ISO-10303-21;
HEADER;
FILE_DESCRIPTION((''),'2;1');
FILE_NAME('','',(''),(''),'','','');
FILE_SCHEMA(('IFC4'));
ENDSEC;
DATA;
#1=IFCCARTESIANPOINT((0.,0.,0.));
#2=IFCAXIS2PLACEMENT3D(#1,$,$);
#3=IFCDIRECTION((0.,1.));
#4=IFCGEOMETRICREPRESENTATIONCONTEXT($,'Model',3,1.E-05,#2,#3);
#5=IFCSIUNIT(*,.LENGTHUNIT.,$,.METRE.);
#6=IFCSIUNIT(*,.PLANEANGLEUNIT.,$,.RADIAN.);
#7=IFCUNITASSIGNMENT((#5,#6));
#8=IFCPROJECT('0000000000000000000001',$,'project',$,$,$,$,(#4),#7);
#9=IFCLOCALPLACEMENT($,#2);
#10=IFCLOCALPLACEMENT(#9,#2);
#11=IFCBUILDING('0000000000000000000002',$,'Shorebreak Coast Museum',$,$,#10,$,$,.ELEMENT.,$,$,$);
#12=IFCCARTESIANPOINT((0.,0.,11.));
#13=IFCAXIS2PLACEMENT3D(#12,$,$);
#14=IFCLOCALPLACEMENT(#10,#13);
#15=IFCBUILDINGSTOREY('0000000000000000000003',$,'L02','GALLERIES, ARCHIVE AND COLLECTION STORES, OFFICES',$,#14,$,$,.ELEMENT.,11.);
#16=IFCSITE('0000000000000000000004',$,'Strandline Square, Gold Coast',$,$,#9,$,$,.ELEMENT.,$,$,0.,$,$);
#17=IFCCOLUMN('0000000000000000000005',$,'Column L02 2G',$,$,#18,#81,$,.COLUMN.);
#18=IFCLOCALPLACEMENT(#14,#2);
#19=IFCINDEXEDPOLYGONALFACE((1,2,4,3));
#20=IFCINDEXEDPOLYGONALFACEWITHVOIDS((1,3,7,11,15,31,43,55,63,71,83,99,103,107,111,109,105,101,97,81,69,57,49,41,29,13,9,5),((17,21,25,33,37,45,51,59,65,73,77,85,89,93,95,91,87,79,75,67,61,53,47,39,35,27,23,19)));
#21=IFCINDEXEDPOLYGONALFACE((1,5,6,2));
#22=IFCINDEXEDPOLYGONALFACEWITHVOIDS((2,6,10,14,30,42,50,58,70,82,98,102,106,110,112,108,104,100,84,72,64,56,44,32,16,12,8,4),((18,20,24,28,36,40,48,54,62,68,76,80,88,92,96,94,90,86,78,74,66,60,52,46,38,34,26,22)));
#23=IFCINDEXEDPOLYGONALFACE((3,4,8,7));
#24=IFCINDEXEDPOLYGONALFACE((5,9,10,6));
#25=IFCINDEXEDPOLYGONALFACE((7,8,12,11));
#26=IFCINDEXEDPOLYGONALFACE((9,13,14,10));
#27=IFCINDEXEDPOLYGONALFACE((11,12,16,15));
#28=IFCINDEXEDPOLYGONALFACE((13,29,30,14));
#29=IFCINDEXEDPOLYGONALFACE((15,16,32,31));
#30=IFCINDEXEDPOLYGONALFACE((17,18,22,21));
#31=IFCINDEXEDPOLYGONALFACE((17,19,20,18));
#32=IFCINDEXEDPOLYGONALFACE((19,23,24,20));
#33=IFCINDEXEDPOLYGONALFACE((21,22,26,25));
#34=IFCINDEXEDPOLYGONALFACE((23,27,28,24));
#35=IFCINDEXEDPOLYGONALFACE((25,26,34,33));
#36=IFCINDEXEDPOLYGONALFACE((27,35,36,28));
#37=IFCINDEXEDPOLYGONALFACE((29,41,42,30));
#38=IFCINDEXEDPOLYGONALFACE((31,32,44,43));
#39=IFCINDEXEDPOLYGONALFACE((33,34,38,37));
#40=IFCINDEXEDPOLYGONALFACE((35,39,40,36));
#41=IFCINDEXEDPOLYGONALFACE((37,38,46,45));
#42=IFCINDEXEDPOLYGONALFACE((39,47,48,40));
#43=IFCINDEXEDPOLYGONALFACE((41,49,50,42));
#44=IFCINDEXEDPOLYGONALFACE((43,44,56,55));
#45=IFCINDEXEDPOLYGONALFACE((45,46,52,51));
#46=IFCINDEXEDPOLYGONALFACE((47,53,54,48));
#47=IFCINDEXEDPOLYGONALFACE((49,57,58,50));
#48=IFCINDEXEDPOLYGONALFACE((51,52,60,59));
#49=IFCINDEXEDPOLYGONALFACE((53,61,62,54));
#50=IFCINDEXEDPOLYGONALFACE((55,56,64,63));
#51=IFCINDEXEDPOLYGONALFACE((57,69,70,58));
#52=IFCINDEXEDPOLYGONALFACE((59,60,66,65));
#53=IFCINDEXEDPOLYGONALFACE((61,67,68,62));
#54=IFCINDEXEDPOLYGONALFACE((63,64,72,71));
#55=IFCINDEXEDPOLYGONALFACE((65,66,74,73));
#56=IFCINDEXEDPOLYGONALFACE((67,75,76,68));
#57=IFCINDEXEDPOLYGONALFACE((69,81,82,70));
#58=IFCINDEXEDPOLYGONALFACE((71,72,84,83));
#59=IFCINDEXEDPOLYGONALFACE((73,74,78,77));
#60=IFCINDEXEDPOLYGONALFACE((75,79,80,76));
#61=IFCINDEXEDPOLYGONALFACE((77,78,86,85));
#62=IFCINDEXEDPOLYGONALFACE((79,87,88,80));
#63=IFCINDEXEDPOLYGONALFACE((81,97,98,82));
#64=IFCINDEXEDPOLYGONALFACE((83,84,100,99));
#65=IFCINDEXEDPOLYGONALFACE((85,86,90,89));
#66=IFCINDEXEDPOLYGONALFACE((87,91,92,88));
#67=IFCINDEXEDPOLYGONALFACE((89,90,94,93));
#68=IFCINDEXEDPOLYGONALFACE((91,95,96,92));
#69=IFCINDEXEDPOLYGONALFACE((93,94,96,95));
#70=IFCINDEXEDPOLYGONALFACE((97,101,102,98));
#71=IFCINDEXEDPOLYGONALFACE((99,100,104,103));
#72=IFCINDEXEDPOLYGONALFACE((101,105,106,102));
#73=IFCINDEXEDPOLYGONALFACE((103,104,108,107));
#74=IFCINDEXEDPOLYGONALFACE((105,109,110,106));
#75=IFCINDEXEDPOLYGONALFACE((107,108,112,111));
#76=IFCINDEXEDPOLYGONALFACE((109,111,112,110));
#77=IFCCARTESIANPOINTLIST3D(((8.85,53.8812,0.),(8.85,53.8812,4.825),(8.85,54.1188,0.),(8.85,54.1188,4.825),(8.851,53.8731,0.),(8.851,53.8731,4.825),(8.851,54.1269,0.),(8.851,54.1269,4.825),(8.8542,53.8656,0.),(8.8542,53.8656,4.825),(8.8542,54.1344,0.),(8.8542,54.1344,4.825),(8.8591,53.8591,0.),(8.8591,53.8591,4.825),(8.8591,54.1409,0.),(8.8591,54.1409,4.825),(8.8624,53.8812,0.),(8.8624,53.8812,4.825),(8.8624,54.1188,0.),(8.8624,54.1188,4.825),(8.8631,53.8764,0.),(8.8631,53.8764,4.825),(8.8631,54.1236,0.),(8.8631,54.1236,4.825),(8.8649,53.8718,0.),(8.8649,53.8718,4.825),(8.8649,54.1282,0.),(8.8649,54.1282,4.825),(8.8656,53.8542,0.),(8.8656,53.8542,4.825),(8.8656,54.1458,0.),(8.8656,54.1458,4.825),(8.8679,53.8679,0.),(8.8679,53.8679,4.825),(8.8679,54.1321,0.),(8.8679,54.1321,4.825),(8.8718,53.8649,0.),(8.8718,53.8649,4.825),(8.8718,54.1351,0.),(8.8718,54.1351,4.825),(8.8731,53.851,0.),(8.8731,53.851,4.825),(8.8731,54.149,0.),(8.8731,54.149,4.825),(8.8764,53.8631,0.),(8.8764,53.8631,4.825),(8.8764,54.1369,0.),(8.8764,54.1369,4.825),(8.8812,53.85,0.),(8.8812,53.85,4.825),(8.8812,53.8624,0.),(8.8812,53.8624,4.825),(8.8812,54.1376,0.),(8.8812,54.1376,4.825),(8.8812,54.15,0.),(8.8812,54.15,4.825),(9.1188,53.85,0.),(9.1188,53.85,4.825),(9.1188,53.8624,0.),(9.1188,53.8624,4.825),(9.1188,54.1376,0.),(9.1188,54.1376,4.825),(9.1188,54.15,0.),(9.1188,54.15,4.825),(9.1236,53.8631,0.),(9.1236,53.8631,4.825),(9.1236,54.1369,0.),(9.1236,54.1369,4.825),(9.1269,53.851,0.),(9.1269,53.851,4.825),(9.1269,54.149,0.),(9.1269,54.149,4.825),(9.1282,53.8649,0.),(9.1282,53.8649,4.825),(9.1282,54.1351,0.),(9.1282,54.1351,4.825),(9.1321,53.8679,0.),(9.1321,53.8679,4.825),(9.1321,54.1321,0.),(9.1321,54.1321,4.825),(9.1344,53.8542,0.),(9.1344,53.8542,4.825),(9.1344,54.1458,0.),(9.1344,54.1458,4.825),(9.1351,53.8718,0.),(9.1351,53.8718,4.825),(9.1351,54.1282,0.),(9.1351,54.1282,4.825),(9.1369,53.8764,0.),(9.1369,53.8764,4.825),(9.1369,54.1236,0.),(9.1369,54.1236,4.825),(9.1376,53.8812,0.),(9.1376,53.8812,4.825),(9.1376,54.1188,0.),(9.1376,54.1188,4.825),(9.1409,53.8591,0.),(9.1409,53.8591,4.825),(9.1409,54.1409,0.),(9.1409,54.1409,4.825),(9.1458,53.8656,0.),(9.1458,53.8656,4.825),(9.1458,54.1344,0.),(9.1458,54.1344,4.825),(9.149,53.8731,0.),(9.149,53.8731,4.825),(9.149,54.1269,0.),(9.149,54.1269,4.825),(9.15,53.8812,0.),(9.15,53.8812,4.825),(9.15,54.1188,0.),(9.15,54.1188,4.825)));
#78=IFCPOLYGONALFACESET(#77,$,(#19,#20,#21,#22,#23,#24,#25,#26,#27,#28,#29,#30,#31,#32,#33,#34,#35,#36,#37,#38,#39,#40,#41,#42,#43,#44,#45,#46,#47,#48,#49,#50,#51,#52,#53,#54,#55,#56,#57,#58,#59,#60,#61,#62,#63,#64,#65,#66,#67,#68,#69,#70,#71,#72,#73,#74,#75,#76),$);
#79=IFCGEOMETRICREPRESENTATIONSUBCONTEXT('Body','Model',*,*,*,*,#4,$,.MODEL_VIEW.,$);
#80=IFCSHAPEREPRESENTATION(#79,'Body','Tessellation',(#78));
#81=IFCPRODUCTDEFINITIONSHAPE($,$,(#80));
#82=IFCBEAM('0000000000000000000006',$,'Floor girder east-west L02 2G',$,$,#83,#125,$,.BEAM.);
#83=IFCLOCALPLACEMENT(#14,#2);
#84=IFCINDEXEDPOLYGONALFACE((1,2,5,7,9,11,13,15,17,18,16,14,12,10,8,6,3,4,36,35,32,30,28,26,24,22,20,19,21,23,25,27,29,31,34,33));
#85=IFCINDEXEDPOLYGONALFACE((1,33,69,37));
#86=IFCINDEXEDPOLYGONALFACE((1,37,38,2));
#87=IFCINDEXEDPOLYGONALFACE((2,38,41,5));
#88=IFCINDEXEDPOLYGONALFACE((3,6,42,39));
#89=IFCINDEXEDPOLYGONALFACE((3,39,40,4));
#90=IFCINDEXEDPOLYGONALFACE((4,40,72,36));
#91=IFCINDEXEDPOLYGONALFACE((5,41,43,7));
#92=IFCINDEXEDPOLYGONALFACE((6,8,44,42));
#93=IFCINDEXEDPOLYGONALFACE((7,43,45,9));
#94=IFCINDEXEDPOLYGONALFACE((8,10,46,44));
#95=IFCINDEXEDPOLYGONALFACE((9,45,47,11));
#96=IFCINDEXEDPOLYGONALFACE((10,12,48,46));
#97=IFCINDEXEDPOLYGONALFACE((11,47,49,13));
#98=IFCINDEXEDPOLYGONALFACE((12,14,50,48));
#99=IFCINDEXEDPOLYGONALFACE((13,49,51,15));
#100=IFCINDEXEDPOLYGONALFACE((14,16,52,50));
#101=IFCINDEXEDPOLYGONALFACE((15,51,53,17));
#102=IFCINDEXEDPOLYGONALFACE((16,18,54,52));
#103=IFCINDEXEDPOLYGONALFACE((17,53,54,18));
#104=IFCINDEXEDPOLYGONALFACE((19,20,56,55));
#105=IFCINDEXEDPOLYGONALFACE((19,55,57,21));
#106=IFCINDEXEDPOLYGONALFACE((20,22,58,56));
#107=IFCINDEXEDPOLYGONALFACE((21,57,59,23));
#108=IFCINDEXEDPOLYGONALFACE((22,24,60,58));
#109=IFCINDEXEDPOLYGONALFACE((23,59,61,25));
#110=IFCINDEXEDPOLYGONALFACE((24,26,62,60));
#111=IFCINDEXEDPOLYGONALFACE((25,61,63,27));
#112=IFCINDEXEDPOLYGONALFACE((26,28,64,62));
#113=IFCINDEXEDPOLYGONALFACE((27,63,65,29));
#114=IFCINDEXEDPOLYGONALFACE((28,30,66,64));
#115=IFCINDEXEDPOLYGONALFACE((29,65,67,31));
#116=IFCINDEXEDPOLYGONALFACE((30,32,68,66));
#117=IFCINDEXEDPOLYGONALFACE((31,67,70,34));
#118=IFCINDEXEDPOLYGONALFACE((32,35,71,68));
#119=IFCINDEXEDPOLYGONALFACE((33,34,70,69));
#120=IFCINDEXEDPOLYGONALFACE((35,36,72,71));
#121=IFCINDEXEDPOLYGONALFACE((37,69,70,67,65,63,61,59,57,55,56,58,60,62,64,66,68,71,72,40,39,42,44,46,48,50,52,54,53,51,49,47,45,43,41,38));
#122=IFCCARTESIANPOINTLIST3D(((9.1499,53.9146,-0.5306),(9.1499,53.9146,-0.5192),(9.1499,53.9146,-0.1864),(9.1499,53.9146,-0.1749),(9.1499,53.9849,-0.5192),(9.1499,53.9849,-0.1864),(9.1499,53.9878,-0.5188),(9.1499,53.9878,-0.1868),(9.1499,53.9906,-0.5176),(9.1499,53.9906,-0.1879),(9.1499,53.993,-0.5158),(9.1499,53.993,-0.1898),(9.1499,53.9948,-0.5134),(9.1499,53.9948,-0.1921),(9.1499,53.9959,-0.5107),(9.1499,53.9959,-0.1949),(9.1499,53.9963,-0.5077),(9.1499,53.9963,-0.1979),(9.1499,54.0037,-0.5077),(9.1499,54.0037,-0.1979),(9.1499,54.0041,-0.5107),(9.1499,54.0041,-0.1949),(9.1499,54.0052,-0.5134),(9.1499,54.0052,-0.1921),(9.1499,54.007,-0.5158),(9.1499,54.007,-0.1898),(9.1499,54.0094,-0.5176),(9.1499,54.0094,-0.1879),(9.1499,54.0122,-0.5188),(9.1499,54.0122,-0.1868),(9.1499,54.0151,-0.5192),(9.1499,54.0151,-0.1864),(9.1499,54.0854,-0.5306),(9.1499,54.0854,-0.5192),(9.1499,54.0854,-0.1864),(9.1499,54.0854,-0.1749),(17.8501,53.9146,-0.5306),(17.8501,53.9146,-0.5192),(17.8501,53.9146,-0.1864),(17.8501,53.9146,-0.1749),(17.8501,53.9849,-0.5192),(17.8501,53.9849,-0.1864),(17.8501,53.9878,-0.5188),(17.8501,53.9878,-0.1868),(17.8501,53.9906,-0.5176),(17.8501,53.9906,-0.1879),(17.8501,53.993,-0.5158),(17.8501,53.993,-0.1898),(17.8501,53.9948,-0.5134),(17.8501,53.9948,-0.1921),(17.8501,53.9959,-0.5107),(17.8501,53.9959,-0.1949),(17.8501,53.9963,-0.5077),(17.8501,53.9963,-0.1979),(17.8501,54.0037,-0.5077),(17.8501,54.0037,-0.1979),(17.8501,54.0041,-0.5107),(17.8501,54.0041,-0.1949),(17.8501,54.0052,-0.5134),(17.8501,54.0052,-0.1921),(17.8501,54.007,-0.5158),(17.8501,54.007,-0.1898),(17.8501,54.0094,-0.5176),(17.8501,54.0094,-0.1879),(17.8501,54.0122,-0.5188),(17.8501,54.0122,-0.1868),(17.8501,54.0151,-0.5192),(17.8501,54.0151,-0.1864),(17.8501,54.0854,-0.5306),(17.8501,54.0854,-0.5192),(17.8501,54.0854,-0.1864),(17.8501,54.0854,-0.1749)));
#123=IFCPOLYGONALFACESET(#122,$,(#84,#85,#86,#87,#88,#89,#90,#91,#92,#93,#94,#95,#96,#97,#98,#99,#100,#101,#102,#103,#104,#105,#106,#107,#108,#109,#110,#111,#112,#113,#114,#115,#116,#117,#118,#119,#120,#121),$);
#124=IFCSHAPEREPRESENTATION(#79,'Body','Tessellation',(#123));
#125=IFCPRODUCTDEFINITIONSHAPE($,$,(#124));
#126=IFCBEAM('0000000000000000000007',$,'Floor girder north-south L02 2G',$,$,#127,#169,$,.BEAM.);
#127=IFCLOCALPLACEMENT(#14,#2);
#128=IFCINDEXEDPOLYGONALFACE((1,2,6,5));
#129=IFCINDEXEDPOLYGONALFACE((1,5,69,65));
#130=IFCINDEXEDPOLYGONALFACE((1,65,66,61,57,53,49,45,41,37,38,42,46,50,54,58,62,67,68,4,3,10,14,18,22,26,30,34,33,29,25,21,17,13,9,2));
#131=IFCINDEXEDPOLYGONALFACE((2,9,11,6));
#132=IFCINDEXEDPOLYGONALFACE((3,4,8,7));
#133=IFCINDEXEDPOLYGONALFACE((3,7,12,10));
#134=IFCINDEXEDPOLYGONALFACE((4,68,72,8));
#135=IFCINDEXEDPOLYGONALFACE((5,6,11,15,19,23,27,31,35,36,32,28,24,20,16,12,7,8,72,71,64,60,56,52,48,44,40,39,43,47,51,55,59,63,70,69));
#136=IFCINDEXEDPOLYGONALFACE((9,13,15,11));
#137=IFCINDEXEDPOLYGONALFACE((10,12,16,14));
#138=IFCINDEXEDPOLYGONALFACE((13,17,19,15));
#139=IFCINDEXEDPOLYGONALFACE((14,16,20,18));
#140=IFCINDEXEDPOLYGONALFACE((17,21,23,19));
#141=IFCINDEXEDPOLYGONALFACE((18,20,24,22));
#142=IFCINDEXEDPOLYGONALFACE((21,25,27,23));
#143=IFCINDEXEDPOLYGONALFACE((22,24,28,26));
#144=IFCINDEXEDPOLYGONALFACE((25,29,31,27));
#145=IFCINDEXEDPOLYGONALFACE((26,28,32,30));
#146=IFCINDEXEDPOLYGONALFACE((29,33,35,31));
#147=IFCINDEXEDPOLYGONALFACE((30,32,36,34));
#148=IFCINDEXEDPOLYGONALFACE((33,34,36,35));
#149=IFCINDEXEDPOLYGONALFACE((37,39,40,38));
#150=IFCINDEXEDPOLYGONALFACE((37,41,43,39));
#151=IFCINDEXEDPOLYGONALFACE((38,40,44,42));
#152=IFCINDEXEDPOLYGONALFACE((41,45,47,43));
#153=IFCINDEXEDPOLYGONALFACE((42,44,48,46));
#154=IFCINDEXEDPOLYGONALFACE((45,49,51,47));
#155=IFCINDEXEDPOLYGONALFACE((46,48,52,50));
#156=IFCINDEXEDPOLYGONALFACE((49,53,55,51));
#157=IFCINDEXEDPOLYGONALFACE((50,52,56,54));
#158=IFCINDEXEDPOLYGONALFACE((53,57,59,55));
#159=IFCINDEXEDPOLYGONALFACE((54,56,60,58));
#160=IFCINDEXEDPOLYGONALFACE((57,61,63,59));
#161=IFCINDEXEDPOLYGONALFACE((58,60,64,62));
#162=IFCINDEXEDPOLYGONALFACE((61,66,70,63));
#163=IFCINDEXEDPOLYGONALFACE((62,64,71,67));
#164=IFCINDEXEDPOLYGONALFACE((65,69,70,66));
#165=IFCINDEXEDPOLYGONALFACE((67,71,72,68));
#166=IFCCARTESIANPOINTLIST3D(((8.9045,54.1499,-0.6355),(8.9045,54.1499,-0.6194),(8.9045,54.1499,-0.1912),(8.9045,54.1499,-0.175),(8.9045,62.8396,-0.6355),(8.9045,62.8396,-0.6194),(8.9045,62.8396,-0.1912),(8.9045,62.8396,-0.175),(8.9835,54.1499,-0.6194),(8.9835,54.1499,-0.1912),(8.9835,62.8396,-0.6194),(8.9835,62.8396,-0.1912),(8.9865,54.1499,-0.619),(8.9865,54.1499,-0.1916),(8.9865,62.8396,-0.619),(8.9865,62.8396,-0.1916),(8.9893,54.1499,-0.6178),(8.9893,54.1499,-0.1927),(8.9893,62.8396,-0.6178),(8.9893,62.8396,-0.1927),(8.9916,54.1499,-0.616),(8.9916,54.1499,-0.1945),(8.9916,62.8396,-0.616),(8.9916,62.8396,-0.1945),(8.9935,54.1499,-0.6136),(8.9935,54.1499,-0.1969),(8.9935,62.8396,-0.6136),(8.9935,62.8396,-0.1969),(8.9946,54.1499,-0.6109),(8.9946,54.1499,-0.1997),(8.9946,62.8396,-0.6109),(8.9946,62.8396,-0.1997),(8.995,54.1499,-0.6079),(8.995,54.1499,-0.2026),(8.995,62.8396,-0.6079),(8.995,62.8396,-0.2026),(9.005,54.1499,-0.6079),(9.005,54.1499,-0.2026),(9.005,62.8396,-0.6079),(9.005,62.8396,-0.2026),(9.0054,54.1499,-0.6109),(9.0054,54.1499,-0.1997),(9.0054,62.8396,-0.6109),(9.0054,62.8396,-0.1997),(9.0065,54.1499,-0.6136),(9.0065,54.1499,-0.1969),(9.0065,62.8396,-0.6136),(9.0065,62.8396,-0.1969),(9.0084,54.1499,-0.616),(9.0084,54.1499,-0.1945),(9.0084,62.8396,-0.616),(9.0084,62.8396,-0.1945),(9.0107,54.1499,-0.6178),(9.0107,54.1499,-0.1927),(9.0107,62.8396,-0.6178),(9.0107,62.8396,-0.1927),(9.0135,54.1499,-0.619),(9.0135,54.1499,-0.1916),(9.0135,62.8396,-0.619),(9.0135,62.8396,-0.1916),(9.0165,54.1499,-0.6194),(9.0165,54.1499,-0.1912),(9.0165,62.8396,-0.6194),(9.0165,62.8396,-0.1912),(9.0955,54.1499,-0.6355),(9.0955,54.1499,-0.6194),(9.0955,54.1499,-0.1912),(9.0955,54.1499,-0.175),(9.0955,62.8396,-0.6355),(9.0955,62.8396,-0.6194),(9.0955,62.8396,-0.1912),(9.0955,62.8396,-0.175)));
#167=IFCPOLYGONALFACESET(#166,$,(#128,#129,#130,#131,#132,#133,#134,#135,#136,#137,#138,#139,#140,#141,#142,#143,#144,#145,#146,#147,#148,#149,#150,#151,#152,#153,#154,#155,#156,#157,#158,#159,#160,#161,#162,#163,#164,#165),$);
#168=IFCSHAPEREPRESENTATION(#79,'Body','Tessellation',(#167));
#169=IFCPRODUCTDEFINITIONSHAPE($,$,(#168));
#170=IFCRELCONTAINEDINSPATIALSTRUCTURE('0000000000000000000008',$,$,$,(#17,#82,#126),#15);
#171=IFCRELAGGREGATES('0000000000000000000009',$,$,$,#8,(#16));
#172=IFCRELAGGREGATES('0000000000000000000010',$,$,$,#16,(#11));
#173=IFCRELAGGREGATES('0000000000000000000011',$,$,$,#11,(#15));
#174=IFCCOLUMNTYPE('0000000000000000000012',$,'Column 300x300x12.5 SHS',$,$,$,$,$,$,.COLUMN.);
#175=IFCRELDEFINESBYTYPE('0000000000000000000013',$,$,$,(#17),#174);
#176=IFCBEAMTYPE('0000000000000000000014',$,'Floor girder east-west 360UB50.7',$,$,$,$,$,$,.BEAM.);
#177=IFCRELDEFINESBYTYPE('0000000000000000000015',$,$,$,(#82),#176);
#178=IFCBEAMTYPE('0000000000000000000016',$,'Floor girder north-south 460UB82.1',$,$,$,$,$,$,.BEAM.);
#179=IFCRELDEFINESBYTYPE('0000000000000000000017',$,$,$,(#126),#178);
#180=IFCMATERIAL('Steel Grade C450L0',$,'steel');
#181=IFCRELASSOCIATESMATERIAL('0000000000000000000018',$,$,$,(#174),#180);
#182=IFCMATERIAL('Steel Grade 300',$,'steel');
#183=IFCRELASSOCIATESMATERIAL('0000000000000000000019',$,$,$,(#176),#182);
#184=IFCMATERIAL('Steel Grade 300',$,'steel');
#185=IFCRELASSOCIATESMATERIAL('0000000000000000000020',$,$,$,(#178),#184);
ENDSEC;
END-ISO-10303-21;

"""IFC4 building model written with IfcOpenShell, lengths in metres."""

from ifc_helpers import new_model, si_unit, direction, frame, origin, origin_2d, place, context, subcontext, project, spatial, hollow_rectangle, i_section, extrude, material, material_profile, profile_set, type_object, element, save


model = new_model("IFC4")

# Units and contexts
model_context = context("Model", 3, precision=1e-05, world=origin(), true_north=direction((0.0, 1.0)))
body_context = subcontext(model_context, "Body", "Model", "MODEL_VIEW")
ifc_project = project(units=[si_unit("LENGTHUNIT", "METRE"), si_unit("PLANEANGLEUNIT", "RADIAN")], contexts=[model_context])

# Site, building, storey
site_placement = place(None, origin())
site = spatial("IfcSite", under=ifc_project, at=site_placement, Name="Strandline Square, Gold Coast", CompositionType="ELEMENT", RefElevation=0.0)
building_placement = place(site_placement, origin())
building = spatial("IfcBuilding", under=site, at=building_placement, Name="Shorebreak Coast Museum", CompositionType="ELEMENT")
storey_placement = place(building_placement, frame((0.0, 0.0, 11.0)))
storey = spatial("IfcBuildingStorey", under=building, at=storey_placement, Name="L02", Description="GALLERIES, ARCHIVE AND COLLECTION STORES, OFFICES", CompositionType="ELEMENT", Elevation=11.0)

# Column
ifc_material_1 = material(Name="Steel Grade C450L0", Category="steel")
ifc_material_profile_1 = material_profile(ifc_material_1, hollow_rectangle(XDim=0.3, YDim=0.3, WallThickness=0.0125, InnerFilletRadius=0.0188, OuterFilletRadius=0.0312, at=origin_2d()), Name="300x300x12.5 SHS")
ifc_profile_set_1 = profile_set([ifc_material_profile_1], Name="Steel Grade C450L0")
column_type = type_object("IfcColumnType", Name="Column 300x300x12.5 SHS", PredefinedType="COLUMN", material=ifc_profile_set_1)
column_placement = place(storey_placement, frame((9.0, 54.0, 0.0), z_axis=(0.0, 0.0, 1.0), x_axis=(1.0, 0.0, 0.0)))
element("IfcColumn", 1, at=column_placement, inside=storey, type_object=column_type, Name="Column L02 2G", PredefinedType="COLUMN", context=body_context, shape_type="SweptSolid", body=[
    extrude(hollow_rectangle(XDim=0.3, YDim=0.3, WallThickness=0.0125, InnerFilletRadius=0.0188, OuterFilletRadius=0.0312, at=origin_2d()), origin(), (0.0, 0.0, 1.0), 4.825),
])

# Beams
ifc_material_2 = material(Name="Steel Grade 300", Category="steel")
ifc_material_profile_2 = material_profile(ifc_material_2, i_section(OverallWidth=0.1709, OverallDepth=0.3557, WebThickness=0.0073, FlangeThickness=0.0115, FilletRadius=0.0115, at=origin_2d()), Name="360UB50.7")
ifc_profile_set_2 = profile_set([ifc_material_profile_2], Name="Steel Grade 300")
beam_type_1 = type_object("IfcBeamType", Name="Floor girder east-west 360UB50.7", PredefinedType="BEAM", material=ifc_profile_set_2)
beam_1_placement = place(storey_placement, frame((9.1499, 54.0, -0.3528), z_axis=(1.0, 0.0, 0.0), x_axis=(0.0, 1.0, 0.0)))
element("IfcBeam", 2, at=beam_1_placement, inside=storey, type_object=beam_type_1, Name="Floor girder east-west L02 2G", PredefinedType="BEAM", context=body_context, shape_type="SweptSolid", body=[
    extrude(i_section(OverallWidth=0.1709, OverallDepth=0.3557, WebThickness=0.0073, FlangeThickness=0.0115, FilletRadius=0.0115, at=origin_2d()), origin(), (0.0, 0.0, 1.0), 8.7002),
])
ifc_material_3 = material(Name="Steel Grade 300", Category="steel")
ifc_material_profile_3 = material_profile(ifc_material_3, i_section(OverallWidth=0.1909, OverallDepth=0.4604, WebThickness=0.01, FlangeThickness=0.0161, FilletRadius=0.0115, at=origin_2d()), Name="460UB82.1")
ifc_profile_set_3 = profile_set([ifc_material_profile_3], Name="Steel Grade 300")
beam_type_2 = type_object("IfcBeamType", Name="Floor girder north-south 460UB82.1", PredefinedType="BEAM", material=ifc_profile_set_3)
beam_2_placement = place(storey_placement, frame((9.0, 54.1499, -0.4053), z_axis=(0.0, 1.0, 0.0), x_axis=(-1.0, 0.0, 0.0)))
element("IfcBeam", 3, at=beam_2_placement, inside=storey, type_object=beam_type_2, Name="Floor girder north-south L02 2G", PredefinedType="BEAM", context=body_context, shape_type="SweptSolid", body=[
    extrude(i_section(OverallWidth=0.1909, OverallDepth=0.4604, WebThickness=0.01, FlangeThickness=0.0161, FilletRadius=0.0115, at=origin_2d()), origin(), (0.0, 0.0, 1.0), 8.6897),
])

save(model, "model.ifc")
